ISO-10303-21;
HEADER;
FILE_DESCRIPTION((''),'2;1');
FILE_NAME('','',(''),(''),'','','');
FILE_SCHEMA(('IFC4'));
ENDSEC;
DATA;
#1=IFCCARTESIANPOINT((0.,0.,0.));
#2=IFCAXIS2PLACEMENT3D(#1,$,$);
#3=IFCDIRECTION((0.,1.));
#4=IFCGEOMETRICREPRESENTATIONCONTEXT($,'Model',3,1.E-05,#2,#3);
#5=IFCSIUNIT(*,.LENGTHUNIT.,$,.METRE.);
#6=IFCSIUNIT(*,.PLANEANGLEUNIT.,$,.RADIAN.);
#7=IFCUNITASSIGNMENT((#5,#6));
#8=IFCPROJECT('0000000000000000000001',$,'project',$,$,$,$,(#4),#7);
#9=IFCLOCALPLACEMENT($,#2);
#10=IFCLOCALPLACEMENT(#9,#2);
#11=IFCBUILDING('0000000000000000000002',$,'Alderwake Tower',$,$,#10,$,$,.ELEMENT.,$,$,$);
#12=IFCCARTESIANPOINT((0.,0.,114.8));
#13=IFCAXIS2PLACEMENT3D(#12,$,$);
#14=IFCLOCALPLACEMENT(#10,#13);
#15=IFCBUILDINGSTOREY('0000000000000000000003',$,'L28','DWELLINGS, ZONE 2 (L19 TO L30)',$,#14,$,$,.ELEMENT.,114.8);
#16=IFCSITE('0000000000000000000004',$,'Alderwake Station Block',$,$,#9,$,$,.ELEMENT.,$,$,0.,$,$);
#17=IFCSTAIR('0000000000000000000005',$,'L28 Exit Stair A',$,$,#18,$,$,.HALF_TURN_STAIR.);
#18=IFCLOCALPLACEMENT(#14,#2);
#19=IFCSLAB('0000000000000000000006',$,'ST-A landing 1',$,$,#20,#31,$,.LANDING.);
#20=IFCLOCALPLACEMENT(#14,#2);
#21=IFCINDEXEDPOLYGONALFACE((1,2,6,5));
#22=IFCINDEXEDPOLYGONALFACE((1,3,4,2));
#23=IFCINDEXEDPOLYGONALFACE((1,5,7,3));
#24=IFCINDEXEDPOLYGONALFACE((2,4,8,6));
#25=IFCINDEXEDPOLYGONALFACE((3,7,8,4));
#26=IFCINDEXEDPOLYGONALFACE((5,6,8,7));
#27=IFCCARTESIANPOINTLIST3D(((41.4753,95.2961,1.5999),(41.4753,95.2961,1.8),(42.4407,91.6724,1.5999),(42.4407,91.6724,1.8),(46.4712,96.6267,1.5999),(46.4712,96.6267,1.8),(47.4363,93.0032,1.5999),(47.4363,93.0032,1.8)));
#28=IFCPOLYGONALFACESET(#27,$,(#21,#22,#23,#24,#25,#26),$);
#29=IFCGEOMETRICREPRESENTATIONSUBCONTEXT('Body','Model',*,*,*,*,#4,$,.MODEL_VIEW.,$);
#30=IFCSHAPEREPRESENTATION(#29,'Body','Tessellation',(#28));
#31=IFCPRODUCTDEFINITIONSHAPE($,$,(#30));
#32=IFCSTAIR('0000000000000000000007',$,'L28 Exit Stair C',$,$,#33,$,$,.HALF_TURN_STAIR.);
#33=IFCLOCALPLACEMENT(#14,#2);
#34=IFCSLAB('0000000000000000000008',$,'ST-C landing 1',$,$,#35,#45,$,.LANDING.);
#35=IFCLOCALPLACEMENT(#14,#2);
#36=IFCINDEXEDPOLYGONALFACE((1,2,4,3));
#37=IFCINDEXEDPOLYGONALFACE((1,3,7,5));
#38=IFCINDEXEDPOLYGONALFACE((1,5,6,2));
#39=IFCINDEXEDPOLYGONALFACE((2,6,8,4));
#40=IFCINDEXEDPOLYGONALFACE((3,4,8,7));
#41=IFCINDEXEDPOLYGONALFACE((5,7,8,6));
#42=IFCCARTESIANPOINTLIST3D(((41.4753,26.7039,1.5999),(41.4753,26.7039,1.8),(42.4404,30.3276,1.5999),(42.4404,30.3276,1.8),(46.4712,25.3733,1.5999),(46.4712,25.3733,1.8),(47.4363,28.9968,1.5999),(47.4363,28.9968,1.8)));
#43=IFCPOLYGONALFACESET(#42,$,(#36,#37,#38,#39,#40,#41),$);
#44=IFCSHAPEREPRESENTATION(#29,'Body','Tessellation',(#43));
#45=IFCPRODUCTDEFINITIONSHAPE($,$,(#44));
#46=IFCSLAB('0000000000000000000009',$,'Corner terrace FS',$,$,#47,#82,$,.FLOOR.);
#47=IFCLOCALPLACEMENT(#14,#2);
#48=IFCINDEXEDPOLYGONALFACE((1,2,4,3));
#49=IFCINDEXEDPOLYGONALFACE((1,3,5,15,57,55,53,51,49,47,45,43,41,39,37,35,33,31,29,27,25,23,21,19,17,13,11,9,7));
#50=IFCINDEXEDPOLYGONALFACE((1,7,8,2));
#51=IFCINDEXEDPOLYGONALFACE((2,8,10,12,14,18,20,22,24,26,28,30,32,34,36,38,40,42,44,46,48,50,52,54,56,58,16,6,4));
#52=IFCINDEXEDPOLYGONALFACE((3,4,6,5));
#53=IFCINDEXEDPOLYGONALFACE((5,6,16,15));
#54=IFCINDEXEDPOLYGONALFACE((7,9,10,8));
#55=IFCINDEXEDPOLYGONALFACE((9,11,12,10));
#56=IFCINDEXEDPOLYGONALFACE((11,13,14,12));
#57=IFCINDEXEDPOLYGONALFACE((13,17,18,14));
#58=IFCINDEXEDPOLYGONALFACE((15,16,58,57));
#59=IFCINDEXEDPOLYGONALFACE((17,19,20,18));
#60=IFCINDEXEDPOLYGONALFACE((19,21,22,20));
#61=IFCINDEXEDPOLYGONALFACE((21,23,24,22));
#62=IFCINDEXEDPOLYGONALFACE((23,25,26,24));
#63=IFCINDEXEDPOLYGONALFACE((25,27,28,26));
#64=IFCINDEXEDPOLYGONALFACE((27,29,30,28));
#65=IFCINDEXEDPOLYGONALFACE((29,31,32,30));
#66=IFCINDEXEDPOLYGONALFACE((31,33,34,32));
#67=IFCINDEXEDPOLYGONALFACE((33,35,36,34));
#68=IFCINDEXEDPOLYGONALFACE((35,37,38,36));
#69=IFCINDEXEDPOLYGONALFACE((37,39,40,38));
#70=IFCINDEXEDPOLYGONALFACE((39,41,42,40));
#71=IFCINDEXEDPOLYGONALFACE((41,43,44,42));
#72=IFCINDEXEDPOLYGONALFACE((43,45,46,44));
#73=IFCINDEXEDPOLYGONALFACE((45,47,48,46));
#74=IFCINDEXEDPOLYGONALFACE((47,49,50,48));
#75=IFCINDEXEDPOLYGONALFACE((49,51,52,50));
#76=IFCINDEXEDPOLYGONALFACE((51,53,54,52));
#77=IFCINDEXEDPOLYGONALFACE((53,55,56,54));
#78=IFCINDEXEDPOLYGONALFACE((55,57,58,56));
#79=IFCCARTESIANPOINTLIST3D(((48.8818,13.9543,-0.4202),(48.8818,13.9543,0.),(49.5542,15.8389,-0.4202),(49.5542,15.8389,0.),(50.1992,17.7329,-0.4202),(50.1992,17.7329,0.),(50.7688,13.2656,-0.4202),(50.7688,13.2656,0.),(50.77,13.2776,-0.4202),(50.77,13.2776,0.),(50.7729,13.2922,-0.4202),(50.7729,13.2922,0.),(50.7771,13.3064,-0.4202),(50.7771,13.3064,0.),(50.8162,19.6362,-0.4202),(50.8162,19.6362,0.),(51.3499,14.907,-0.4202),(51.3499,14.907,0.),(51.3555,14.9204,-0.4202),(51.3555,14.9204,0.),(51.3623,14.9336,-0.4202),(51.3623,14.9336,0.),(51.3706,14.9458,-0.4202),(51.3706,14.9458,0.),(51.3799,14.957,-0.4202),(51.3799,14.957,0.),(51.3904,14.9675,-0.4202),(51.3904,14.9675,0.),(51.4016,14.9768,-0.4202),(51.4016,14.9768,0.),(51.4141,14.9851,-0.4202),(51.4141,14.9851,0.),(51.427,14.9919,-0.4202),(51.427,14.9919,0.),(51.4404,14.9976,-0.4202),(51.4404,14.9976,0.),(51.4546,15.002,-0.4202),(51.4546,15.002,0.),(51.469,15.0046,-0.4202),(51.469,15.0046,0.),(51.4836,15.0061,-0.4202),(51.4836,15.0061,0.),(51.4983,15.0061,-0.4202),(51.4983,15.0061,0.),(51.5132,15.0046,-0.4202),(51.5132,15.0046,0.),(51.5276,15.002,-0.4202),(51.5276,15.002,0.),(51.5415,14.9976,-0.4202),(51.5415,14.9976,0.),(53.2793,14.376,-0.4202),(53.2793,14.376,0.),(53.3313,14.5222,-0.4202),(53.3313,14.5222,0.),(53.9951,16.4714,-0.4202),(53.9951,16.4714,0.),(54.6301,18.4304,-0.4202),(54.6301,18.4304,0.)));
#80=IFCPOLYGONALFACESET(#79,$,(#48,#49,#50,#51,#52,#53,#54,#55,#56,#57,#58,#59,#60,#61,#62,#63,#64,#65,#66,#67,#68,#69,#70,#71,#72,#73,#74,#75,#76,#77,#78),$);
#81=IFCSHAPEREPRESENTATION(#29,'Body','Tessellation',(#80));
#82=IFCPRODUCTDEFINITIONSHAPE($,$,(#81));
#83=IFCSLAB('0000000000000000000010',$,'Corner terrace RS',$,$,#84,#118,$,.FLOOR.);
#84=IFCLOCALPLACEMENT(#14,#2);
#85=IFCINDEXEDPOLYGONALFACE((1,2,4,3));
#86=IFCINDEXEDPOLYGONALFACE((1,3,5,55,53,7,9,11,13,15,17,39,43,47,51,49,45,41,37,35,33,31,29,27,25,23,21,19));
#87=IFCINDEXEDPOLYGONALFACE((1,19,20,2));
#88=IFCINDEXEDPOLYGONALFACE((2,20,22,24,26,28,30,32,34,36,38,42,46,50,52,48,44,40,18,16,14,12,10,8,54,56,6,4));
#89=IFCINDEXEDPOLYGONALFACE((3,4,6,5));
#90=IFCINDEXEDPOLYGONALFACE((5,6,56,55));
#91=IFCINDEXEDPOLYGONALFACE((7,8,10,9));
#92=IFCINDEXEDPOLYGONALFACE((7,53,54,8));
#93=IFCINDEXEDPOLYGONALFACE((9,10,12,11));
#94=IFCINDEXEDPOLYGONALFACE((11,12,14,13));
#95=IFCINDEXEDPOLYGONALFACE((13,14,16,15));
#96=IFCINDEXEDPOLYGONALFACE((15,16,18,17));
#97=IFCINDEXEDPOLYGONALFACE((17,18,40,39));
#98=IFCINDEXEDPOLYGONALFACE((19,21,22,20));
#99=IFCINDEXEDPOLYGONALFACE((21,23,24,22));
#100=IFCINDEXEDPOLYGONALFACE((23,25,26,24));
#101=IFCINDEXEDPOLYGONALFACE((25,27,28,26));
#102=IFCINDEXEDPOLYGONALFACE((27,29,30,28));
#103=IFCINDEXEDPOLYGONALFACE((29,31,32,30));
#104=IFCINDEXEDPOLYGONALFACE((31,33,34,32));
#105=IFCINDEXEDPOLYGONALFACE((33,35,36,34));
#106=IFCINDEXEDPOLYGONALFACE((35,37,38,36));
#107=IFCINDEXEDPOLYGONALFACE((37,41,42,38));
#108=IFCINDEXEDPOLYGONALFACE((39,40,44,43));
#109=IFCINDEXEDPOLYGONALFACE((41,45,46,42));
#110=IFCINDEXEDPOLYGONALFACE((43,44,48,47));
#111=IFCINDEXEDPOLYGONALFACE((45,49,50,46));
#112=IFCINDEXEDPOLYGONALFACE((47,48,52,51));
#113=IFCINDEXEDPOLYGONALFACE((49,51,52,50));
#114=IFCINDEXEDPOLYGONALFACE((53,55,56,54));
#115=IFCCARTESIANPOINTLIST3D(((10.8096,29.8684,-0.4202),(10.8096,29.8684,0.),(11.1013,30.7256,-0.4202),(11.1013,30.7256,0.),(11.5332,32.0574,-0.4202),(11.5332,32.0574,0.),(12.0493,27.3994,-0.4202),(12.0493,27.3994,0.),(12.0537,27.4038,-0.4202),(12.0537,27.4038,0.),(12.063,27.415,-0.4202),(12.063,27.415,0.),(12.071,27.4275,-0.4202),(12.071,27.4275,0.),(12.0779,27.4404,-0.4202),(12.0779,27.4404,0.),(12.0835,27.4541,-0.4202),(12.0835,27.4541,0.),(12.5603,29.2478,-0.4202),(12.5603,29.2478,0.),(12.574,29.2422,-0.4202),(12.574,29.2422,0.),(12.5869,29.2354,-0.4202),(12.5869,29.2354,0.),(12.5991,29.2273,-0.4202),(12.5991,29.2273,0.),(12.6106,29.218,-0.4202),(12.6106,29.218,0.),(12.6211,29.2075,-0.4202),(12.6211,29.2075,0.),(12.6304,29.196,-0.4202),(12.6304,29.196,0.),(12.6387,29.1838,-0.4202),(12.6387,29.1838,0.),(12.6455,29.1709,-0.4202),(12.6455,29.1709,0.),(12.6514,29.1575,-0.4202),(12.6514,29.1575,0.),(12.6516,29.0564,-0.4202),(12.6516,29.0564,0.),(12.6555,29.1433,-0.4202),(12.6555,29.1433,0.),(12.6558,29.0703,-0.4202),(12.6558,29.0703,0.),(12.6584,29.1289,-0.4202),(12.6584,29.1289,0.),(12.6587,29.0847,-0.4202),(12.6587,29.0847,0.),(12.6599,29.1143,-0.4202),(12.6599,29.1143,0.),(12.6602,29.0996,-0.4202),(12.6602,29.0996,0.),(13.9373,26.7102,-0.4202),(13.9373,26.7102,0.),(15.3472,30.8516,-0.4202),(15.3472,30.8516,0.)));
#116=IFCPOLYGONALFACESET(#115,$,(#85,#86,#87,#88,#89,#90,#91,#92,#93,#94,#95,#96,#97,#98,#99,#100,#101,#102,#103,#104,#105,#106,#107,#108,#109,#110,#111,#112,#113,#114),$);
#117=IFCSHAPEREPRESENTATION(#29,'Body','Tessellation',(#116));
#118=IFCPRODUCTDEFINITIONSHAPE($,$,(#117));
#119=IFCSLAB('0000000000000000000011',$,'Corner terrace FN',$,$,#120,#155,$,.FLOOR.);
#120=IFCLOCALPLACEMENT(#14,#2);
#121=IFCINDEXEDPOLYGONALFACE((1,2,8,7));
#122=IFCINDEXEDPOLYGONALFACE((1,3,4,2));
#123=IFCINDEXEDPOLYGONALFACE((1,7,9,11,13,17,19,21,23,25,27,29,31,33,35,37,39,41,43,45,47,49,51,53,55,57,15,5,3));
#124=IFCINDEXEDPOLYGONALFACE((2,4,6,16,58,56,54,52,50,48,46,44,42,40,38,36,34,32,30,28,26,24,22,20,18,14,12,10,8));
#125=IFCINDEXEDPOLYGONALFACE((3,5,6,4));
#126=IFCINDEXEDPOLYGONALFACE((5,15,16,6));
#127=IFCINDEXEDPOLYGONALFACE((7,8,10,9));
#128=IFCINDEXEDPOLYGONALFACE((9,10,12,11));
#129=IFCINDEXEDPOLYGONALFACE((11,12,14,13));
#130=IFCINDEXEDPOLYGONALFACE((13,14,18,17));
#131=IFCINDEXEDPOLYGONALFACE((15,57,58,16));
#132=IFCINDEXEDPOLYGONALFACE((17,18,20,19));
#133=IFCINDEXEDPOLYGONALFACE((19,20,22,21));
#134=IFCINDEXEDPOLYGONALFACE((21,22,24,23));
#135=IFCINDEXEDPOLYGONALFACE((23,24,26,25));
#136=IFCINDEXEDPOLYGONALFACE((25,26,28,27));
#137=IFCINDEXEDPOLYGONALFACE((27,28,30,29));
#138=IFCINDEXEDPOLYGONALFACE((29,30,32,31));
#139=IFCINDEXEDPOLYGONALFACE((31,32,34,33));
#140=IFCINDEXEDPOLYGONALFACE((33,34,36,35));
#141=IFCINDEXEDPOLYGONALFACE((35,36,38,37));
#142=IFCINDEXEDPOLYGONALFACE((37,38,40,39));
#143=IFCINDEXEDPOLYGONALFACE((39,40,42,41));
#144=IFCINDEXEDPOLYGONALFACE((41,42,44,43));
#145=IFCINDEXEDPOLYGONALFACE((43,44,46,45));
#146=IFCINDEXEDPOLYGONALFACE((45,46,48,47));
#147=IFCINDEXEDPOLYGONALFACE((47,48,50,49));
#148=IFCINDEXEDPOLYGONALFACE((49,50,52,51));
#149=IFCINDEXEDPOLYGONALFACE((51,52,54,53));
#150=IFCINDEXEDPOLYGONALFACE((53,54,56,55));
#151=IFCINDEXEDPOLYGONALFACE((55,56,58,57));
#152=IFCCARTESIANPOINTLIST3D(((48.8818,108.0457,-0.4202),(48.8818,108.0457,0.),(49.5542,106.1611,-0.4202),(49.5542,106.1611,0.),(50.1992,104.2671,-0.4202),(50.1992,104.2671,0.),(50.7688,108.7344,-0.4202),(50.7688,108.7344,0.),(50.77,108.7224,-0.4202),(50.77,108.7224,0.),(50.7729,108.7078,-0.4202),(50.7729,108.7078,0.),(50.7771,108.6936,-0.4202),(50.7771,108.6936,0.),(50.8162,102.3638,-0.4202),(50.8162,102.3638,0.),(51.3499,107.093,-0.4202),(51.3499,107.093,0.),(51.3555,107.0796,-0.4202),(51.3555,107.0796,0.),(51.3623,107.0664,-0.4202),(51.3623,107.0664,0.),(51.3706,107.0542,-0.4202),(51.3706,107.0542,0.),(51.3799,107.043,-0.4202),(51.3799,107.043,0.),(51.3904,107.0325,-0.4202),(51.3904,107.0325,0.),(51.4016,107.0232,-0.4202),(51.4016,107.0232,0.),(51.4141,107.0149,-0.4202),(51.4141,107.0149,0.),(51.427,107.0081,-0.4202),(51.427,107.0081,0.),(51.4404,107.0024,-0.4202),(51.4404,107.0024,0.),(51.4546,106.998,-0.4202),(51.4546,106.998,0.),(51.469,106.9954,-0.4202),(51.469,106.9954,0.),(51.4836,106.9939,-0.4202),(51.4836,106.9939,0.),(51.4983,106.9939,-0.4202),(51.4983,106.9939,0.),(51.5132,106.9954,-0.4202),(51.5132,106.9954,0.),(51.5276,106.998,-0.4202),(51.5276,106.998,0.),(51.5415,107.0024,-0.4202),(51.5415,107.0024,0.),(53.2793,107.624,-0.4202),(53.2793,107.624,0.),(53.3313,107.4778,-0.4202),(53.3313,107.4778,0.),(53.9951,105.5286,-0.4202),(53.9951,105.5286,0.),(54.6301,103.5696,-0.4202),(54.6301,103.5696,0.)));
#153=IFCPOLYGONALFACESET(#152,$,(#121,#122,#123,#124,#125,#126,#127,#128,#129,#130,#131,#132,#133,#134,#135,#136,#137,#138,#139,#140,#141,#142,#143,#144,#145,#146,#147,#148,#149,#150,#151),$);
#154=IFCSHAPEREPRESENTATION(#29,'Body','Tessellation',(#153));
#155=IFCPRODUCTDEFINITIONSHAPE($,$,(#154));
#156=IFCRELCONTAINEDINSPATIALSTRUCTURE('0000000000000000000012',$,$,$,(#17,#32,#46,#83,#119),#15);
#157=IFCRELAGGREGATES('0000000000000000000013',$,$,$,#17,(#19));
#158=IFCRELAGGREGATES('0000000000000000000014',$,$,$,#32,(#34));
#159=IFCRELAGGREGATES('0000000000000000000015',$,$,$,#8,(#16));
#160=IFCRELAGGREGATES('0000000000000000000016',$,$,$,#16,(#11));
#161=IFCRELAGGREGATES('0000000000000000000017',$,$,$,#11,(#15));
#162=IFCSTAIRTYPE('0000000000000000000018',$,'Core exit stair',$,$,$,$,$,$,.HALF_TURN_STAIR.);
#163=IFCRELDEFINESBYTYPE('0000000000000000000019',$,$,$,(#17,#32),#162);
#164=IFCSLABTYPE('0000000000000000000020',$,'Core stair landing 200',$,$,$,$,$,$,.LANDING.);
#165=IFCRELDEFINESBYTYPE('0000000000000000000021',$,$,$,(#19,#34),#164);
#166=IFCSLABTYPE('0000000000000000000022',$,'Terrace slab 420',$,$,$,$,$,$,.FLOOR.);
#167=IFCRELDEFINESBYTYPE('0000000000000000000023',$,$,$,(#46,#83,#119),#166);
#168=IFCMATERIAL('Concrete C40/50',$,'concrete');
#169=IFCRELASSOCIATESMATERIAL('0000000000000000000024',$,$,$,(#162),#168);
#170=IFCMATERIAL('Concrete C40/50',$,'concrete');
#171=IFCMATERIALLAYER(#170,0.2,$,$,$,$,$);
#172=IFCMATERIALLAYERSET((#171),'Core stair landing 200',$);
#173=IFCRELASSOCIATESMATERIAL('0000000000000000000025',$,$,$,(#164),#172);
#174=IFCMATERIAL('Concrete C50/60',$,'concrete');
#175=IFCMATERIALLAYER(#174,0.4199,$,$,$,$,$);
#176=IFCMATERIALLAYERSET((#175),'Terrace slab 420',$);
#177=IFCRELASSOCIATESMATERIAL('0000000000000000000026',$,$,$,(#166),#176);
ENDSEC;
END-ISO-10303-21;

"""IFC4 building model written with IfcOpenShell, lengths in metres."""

from ifc_helpers import new_model, si_unit, direction, frame, origin, place, context, subcontext, project, spatial, polyline, outline, extrude, material, layer, layer_set, type_object, element, aggregate, save


model = new_model("IFC4")

# Units and contexts
model_context = context("Model", 3, precision=1e-05, world=origin(), true_north=direction((0.0, 1.0)))
body_context = subcontext(model_context, "Body", "Model", "MODEL_VIEW")
ifc_project = project(units=[si_unit("LENGTHUNIT", "METRE"), si_unit("PLANEANGLEUNIT", "RADIAN")], contexts=[model_context])

# Site, building, storey
site_placement = place(None, origin())
site = spatial("IfcSite", under=ifc_project, at=site_placement, Name="Alderwake Station Block", CompositionType="ELEMENT", RefElevation=0.0)
building_placement = place(site_placement, origin())
building = spatial("IfcBuilding", under=site, at=building_placement, Name="Alderwake Tower", CompositionType="ELEMENT")
storey_placement = place(building_placement, frame((0.0, 0.0, 114.8)))
storey = spatial("IfcBuildingStorey", under=building, at=storey_placement, Name="L28", Description="DWELLINGS, ZONE 2 (L19 TO L30)", CompositionType="ELEMENT", Elevation=114.8)

# Stairs, slabs
ifc_material_1 = material(Name="Concrete C40/50", Category="concrete")
stair_type = type_object("IfcStairType", Name="Core exit stair", PredefinedType="HALF_TURN_STAIR", material=ifc_material_1)
ifc_material_2 = material(Name="Concrete C40/50", Category="concrete")
ifc_layer_1 = layer(ifc_material_2, 0.2)
ifc_layer_set_1 = layer_set([ifc_layer_1], Name="Core stair landing 200")
slab_type_1 = type_object("IfcSlabType", Name="Core stair landing 200", PredefinedType="LANDING", material=ifc_layer_set_1)
stair_1_placement = place(storey_placement, origin())
stair_1 = element("IfcStair", 1, at=stair_1_placement, inside=storey, type_object=stair_type, Name="L28 Exit Stair A", PredefinedType="HALF_TURN_STAIR")
slab_1_placement = place(storey_placement, frame((0.0, 0.0, 1.5999)))
slab_1 = element("IfcSlab", 2, at=slab_1_placement, type_object=slab_type_1, Name="ST-A landing 1", PredefinedType="LANDING", context=body_context, shape_type="SweptSolid", body=[
    extrude(outline(polyline([(42.4407, 91.6724), (47.4363, 93.0032), (46.4712, 96.6267), (41.4753, 95.2961), (42.4407, 91.6724)])), origin(), (0.0, 0.0, 1.0), 0.2002),
])
aggregate(stair_1, [slab_1])
stair_2_placement = place(storey_placement, origin())
stair_2 = element("IfcStair", 3, at=stair_2_placement, inside=storey, type_object=stair_type, Name="L28 Exit Stair C", PredefinedType="HALF_TURN_STAIR")
slab_2_placement = place(storey_placement, frame((0.0, 0.0, 1.5999)))
slab_2 = element("IfcSlab", 4, at=slab_2_placement, type_object=slab_type_1, Name="ST-C landing 1", PredefinedType="LANDING", context=body_context, shape_type="SweptSolid", body=[
    extrude(outline(polyline([(41.4753, 26.7039), (46.4712, 25.3733), (47.4363, 28.9968), (42.4404, 30.3276), (41.4753, 26.7039)])), origin(), (0.0, 0.0, 1.0), 0.2002),
])
aggregate(stair_2, [slab_2])

# Slabs
ifc_material_3 = material(Name="Concrete C50/60", Category="concrete")
ifc_layer_2 = layer(ifc_material_3, 0.4199)
ifc_layer_set_2 = layer_set([ifc_layer_2], Name="Terrace slab 420")
slab_type_2 = type_object("IfcSlabType", Name="Terrace slab 420", PredefinedType="FLOOR", material=ifc_layer_set_2)
slab_3_placement = place(storey_placement, frame((0.0, 0.0, -0.4202)))
element("IfcSlab", 5, at=slab_3_placement, inside=storey, type_object=slab_type_2, Name="Corner terrace FS", PredefinedType="FLOOR", context=body_context, shape_type="SweptSolid", body=[
    extrude(outline(polyline([(53.3313, 14.5222), (53.2793, 14.376), (51.5415, 14.9976), (51.5276, 15.002), (51.5132, 15.0046), (51.4983, 15.0061), (51.4836, 15.0061), (51.469, 15.0046), (51.4546, 15.002), (51.4404, 14.9976), (51.427, 14.9919), (51.4141, 14.9851), (51.4016, 14.9768), (51.3904, 14.9675), (51.3799, 14.957), (51.3706, 14.9458), (51.3623, 14.9336), (51.3555, 14.9204), (51.3499, 14.907), (50.7771, 13.3064), (50.7729, 13.2922), (50.77, 13.2776), (50.7688, 13.2656), (48.8818, 13.9543), (49.5542, 15.8389), (50.1992, 17.7329), (50.8162, 19.6362), (54.6301, 18.4304), (53.9951, 16.4714), (53.3313, 14.5222)])), origin(), (0.0, 0.0, 1.0), 0.4202),
])
slab_4_placement = place(storey_placement, frame((0.0, 0.0, -0.4202)))
element("IfcSlab", 6, at=slab_4_placement, inside=storey, type_object=slab_type_2, Name="Corner terrace RS", PredefinedType="FLOOR", context=body_context, shape_type="SweptSolid", body=[
    extrude(outline(polyline([(13.9373, 26.7102), (12.0493, 27.3994), (12.0537, 27.4038), (12.063, 27.415), (12.071, 27.4275), (12.0779, 27.4404), (12.0835, 27.4541), (12.6516, 29.0564), (12.6558, 29.0703), (12.6587, 29.0847), (12.6602, 29.0996), (12.6599, 29.1143), (12.6584, 29.1289), (12.6555, 29.1433), (12.6514, 29.1575), (12.6455, 29.1709), (12.6387, 29.1838), (12.6304, 29.196), (12.6211, 29.2075), (12.6106, 29.218), (12.5991, 29.2273), (12.5869, 29.2354), (12.574, 29.2422), (12.5603, 29.2478), (10.8096, 29.8684), (11.1013, 30.7256), (11.5332, 32.0574), (15.3472, 30.8516), (13.9373, 26.7102)])), origin(), (0.0, 0.0, 1.0), 0.4202),
])
slab_5_placement = place(storey_placement, frame((0.0, 0.0, -0.4202)))
element("IfcSlab", 7, at=slab_5_placement, inside=storey, type_object=slab_type_2, Name="Corner terrace FN", PredefinedType="FLOOR", context=body_context, shape_type="SweptSolid", body=[
    extrude(outline(polyline([(53.3313, 107.4778), (53.9951, 105.5286), (54.6301, 103.5696), (50.8162, 102.3638), (50.1992, 104.2671), (49.5542, 106.1611), (48.8818, 108.0457), (50.7688, 108.7344), (50.77, 108.7224), (50.7729, 108.7078), (50.7771, 108.6936), (51.3499, 107.093), (51.3555, 107.0796), (51.3623, 107.0664), (51.3706, 107.0542), (51.3799, 107.043), (51.3904, 107.0325), (51.4016, 107.0232), (51.4141, 107.0149), (51.427, 107.0081), (51.4404, 107.0024), (51.4546, 106.998), (51.469, 106.9954), (51.4836, 106.9939), (51.4983, 106.9939), (51.5132, 106.9954), (51.5276, 106.998), (51.5415, 107.0024), (53.2793, 107.624), (53.3313, 107.4778)])), origin(), (0.0, 0.0, 1.0), 0.4202),
])

save(model, "model.ifc")
